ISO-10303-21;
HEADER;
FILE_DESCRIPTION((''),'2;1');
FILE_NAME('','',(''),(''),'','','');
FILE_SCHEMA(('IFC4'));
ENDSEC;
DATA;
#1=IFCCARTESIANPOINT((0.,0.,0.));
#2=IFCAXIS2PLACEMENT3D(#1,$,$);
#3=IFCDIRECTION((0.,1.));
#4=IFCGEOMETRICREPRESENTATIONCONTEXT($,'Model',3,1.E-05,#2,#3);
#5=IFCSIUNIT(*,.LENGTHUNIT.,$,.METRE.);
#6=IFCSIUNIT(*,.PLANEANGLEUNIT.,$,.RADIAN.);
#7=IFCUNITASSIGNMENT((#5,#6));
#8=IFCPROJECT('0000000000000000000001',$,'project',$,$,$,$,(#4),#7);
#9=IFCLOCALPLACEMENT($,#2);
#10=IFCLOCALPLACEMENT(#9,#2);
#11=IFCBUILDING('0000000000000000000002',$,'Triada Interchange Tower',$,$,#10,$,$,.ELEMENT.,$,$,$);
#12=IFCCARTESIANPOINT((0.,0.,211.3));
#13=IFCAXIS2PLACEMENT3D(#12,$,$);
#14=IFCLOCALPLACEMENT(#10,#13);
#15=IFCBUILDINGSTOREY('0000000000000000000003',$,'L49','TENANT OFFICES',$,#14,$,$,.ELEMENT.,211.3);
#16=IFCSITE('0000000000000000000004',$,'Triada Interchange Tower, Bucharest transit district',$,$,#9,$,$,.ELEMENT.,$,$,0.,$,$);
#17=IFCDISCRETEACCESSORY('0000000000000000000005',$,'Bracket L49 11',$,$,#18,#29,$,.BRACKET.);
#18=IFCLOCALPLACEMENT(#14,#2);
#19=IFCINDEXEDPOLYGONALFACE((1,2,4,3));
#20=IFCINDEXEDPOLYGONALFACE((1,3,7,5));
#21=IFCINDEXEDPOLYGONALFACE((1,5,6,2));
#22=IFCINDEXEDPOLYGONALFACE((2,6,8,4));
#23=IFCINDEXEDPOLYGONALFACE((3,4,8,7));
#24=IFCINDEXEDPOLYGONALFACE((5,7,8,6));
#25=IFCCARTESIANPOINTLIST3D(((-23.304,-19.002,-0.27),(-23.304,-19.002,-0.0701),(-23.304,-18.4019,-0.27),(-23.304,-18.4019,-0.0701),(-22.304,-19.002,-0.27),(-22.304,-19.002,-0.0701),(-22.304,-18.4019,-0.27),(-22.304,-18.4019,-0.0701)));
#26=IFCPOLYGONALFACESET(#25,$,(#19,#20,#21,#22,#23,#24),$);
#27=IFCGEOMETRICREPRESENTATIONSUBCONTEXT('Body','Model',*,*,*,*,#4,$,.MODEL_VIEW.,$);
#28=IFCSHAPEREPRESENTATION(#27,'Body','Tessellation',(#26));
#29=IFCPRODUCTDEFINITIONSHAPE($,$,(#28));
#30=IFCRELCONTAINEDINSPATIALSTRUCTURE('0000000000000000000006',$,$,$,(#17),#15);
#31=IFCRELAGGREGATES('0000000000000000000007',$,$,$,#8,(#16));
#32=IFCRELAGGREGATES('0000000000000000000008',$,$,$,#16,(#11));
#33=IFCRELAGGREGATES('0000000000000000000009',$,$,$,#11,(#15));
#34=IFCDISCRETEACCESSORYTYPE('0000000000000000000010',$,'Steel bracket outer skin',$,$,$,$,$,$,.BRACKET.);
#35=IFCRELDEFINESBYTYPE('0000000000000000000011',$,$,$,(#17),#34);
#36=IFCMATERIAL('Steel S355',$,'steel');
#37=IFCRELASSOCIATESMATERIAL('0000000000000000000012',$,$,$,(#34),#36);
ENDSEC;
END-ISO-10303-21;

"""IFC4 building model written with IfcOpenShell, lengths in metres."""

from ifc_helpers import new_model, si_unit, direction, frame, origin, origin_2d, place, context, subcontext, project, spatial, rectangle, extrude, material, type_object, element, save


model = new_model("IFC4")

# Units and contexts
model_context = context("Model", 3, precision=1e-05, world=origin(), true_north=direction((0.0, 1.0)))
body_context = subcontext(model_context, "Body", "Model", "MODEL_VIEW")
ifc_project = project(units=[si_unit("LENGTHUNIT", "METRE"), si_unit("PLANEANGLEUNIT", "RADIAN")], contexts=[model_context])

# Site, building, storey
site_placement = place(None, origin())
site = spatial("IfcSite", under=ifc_project, at=site_placement, Name="Triada Interchange Tower, Bucharest transit district", CompositionType="ELEMENT", RefElevation=0.0)
building_placement = place(site_placement, origin())
building = spatial("IfcBuilding", under=site, at=building_placement, Name="Triada Interchange Tower", CompositionType="ELEMENT")
storey_placement = place(building_placement, frame((0.0, 0.0, 211.3)))
storey = spatial("IfcBuildingStorey", under=building, at=storey_placement, Name="L49", Description="TENANT OFFICES", CompositionType="ELEMENT", Elevation=211.3)

# Discrete accessory
ifc_material_1 = material(Name="Steel S355", Category="steel")
discrete_accessory_type = type_object("IfcDiscreteAccessoryType", Name="Steel bracket outer skin", PredefinedType="BRACKET", material=ifc_material_1)
for number, where, z_axis, x_axis, name in (
    (1, (-22.804, -18.7019, -0.27), (0.0, 0.0, 1.0), (0.0, -1.0, 0.0), "Bracket L49 11"),
):
    element("IfcDiscreteAccessory", number, at=place(storey_placement, frame(where, z_axis=z_axis, x_axis=x_axis)), inside=storey, type_object=discrete_accessory_type, Name=name, PredefinedType="BRACKET", context=body_context, shape_type="SweptSolid", body=[
        extrude(rectangle(XDim=0.6001, YDim=1.0, at=origin_2d()), origin(), (0.0, 0.0, 1.0), 0.2),
    ])

save(model, "model.ifc")
